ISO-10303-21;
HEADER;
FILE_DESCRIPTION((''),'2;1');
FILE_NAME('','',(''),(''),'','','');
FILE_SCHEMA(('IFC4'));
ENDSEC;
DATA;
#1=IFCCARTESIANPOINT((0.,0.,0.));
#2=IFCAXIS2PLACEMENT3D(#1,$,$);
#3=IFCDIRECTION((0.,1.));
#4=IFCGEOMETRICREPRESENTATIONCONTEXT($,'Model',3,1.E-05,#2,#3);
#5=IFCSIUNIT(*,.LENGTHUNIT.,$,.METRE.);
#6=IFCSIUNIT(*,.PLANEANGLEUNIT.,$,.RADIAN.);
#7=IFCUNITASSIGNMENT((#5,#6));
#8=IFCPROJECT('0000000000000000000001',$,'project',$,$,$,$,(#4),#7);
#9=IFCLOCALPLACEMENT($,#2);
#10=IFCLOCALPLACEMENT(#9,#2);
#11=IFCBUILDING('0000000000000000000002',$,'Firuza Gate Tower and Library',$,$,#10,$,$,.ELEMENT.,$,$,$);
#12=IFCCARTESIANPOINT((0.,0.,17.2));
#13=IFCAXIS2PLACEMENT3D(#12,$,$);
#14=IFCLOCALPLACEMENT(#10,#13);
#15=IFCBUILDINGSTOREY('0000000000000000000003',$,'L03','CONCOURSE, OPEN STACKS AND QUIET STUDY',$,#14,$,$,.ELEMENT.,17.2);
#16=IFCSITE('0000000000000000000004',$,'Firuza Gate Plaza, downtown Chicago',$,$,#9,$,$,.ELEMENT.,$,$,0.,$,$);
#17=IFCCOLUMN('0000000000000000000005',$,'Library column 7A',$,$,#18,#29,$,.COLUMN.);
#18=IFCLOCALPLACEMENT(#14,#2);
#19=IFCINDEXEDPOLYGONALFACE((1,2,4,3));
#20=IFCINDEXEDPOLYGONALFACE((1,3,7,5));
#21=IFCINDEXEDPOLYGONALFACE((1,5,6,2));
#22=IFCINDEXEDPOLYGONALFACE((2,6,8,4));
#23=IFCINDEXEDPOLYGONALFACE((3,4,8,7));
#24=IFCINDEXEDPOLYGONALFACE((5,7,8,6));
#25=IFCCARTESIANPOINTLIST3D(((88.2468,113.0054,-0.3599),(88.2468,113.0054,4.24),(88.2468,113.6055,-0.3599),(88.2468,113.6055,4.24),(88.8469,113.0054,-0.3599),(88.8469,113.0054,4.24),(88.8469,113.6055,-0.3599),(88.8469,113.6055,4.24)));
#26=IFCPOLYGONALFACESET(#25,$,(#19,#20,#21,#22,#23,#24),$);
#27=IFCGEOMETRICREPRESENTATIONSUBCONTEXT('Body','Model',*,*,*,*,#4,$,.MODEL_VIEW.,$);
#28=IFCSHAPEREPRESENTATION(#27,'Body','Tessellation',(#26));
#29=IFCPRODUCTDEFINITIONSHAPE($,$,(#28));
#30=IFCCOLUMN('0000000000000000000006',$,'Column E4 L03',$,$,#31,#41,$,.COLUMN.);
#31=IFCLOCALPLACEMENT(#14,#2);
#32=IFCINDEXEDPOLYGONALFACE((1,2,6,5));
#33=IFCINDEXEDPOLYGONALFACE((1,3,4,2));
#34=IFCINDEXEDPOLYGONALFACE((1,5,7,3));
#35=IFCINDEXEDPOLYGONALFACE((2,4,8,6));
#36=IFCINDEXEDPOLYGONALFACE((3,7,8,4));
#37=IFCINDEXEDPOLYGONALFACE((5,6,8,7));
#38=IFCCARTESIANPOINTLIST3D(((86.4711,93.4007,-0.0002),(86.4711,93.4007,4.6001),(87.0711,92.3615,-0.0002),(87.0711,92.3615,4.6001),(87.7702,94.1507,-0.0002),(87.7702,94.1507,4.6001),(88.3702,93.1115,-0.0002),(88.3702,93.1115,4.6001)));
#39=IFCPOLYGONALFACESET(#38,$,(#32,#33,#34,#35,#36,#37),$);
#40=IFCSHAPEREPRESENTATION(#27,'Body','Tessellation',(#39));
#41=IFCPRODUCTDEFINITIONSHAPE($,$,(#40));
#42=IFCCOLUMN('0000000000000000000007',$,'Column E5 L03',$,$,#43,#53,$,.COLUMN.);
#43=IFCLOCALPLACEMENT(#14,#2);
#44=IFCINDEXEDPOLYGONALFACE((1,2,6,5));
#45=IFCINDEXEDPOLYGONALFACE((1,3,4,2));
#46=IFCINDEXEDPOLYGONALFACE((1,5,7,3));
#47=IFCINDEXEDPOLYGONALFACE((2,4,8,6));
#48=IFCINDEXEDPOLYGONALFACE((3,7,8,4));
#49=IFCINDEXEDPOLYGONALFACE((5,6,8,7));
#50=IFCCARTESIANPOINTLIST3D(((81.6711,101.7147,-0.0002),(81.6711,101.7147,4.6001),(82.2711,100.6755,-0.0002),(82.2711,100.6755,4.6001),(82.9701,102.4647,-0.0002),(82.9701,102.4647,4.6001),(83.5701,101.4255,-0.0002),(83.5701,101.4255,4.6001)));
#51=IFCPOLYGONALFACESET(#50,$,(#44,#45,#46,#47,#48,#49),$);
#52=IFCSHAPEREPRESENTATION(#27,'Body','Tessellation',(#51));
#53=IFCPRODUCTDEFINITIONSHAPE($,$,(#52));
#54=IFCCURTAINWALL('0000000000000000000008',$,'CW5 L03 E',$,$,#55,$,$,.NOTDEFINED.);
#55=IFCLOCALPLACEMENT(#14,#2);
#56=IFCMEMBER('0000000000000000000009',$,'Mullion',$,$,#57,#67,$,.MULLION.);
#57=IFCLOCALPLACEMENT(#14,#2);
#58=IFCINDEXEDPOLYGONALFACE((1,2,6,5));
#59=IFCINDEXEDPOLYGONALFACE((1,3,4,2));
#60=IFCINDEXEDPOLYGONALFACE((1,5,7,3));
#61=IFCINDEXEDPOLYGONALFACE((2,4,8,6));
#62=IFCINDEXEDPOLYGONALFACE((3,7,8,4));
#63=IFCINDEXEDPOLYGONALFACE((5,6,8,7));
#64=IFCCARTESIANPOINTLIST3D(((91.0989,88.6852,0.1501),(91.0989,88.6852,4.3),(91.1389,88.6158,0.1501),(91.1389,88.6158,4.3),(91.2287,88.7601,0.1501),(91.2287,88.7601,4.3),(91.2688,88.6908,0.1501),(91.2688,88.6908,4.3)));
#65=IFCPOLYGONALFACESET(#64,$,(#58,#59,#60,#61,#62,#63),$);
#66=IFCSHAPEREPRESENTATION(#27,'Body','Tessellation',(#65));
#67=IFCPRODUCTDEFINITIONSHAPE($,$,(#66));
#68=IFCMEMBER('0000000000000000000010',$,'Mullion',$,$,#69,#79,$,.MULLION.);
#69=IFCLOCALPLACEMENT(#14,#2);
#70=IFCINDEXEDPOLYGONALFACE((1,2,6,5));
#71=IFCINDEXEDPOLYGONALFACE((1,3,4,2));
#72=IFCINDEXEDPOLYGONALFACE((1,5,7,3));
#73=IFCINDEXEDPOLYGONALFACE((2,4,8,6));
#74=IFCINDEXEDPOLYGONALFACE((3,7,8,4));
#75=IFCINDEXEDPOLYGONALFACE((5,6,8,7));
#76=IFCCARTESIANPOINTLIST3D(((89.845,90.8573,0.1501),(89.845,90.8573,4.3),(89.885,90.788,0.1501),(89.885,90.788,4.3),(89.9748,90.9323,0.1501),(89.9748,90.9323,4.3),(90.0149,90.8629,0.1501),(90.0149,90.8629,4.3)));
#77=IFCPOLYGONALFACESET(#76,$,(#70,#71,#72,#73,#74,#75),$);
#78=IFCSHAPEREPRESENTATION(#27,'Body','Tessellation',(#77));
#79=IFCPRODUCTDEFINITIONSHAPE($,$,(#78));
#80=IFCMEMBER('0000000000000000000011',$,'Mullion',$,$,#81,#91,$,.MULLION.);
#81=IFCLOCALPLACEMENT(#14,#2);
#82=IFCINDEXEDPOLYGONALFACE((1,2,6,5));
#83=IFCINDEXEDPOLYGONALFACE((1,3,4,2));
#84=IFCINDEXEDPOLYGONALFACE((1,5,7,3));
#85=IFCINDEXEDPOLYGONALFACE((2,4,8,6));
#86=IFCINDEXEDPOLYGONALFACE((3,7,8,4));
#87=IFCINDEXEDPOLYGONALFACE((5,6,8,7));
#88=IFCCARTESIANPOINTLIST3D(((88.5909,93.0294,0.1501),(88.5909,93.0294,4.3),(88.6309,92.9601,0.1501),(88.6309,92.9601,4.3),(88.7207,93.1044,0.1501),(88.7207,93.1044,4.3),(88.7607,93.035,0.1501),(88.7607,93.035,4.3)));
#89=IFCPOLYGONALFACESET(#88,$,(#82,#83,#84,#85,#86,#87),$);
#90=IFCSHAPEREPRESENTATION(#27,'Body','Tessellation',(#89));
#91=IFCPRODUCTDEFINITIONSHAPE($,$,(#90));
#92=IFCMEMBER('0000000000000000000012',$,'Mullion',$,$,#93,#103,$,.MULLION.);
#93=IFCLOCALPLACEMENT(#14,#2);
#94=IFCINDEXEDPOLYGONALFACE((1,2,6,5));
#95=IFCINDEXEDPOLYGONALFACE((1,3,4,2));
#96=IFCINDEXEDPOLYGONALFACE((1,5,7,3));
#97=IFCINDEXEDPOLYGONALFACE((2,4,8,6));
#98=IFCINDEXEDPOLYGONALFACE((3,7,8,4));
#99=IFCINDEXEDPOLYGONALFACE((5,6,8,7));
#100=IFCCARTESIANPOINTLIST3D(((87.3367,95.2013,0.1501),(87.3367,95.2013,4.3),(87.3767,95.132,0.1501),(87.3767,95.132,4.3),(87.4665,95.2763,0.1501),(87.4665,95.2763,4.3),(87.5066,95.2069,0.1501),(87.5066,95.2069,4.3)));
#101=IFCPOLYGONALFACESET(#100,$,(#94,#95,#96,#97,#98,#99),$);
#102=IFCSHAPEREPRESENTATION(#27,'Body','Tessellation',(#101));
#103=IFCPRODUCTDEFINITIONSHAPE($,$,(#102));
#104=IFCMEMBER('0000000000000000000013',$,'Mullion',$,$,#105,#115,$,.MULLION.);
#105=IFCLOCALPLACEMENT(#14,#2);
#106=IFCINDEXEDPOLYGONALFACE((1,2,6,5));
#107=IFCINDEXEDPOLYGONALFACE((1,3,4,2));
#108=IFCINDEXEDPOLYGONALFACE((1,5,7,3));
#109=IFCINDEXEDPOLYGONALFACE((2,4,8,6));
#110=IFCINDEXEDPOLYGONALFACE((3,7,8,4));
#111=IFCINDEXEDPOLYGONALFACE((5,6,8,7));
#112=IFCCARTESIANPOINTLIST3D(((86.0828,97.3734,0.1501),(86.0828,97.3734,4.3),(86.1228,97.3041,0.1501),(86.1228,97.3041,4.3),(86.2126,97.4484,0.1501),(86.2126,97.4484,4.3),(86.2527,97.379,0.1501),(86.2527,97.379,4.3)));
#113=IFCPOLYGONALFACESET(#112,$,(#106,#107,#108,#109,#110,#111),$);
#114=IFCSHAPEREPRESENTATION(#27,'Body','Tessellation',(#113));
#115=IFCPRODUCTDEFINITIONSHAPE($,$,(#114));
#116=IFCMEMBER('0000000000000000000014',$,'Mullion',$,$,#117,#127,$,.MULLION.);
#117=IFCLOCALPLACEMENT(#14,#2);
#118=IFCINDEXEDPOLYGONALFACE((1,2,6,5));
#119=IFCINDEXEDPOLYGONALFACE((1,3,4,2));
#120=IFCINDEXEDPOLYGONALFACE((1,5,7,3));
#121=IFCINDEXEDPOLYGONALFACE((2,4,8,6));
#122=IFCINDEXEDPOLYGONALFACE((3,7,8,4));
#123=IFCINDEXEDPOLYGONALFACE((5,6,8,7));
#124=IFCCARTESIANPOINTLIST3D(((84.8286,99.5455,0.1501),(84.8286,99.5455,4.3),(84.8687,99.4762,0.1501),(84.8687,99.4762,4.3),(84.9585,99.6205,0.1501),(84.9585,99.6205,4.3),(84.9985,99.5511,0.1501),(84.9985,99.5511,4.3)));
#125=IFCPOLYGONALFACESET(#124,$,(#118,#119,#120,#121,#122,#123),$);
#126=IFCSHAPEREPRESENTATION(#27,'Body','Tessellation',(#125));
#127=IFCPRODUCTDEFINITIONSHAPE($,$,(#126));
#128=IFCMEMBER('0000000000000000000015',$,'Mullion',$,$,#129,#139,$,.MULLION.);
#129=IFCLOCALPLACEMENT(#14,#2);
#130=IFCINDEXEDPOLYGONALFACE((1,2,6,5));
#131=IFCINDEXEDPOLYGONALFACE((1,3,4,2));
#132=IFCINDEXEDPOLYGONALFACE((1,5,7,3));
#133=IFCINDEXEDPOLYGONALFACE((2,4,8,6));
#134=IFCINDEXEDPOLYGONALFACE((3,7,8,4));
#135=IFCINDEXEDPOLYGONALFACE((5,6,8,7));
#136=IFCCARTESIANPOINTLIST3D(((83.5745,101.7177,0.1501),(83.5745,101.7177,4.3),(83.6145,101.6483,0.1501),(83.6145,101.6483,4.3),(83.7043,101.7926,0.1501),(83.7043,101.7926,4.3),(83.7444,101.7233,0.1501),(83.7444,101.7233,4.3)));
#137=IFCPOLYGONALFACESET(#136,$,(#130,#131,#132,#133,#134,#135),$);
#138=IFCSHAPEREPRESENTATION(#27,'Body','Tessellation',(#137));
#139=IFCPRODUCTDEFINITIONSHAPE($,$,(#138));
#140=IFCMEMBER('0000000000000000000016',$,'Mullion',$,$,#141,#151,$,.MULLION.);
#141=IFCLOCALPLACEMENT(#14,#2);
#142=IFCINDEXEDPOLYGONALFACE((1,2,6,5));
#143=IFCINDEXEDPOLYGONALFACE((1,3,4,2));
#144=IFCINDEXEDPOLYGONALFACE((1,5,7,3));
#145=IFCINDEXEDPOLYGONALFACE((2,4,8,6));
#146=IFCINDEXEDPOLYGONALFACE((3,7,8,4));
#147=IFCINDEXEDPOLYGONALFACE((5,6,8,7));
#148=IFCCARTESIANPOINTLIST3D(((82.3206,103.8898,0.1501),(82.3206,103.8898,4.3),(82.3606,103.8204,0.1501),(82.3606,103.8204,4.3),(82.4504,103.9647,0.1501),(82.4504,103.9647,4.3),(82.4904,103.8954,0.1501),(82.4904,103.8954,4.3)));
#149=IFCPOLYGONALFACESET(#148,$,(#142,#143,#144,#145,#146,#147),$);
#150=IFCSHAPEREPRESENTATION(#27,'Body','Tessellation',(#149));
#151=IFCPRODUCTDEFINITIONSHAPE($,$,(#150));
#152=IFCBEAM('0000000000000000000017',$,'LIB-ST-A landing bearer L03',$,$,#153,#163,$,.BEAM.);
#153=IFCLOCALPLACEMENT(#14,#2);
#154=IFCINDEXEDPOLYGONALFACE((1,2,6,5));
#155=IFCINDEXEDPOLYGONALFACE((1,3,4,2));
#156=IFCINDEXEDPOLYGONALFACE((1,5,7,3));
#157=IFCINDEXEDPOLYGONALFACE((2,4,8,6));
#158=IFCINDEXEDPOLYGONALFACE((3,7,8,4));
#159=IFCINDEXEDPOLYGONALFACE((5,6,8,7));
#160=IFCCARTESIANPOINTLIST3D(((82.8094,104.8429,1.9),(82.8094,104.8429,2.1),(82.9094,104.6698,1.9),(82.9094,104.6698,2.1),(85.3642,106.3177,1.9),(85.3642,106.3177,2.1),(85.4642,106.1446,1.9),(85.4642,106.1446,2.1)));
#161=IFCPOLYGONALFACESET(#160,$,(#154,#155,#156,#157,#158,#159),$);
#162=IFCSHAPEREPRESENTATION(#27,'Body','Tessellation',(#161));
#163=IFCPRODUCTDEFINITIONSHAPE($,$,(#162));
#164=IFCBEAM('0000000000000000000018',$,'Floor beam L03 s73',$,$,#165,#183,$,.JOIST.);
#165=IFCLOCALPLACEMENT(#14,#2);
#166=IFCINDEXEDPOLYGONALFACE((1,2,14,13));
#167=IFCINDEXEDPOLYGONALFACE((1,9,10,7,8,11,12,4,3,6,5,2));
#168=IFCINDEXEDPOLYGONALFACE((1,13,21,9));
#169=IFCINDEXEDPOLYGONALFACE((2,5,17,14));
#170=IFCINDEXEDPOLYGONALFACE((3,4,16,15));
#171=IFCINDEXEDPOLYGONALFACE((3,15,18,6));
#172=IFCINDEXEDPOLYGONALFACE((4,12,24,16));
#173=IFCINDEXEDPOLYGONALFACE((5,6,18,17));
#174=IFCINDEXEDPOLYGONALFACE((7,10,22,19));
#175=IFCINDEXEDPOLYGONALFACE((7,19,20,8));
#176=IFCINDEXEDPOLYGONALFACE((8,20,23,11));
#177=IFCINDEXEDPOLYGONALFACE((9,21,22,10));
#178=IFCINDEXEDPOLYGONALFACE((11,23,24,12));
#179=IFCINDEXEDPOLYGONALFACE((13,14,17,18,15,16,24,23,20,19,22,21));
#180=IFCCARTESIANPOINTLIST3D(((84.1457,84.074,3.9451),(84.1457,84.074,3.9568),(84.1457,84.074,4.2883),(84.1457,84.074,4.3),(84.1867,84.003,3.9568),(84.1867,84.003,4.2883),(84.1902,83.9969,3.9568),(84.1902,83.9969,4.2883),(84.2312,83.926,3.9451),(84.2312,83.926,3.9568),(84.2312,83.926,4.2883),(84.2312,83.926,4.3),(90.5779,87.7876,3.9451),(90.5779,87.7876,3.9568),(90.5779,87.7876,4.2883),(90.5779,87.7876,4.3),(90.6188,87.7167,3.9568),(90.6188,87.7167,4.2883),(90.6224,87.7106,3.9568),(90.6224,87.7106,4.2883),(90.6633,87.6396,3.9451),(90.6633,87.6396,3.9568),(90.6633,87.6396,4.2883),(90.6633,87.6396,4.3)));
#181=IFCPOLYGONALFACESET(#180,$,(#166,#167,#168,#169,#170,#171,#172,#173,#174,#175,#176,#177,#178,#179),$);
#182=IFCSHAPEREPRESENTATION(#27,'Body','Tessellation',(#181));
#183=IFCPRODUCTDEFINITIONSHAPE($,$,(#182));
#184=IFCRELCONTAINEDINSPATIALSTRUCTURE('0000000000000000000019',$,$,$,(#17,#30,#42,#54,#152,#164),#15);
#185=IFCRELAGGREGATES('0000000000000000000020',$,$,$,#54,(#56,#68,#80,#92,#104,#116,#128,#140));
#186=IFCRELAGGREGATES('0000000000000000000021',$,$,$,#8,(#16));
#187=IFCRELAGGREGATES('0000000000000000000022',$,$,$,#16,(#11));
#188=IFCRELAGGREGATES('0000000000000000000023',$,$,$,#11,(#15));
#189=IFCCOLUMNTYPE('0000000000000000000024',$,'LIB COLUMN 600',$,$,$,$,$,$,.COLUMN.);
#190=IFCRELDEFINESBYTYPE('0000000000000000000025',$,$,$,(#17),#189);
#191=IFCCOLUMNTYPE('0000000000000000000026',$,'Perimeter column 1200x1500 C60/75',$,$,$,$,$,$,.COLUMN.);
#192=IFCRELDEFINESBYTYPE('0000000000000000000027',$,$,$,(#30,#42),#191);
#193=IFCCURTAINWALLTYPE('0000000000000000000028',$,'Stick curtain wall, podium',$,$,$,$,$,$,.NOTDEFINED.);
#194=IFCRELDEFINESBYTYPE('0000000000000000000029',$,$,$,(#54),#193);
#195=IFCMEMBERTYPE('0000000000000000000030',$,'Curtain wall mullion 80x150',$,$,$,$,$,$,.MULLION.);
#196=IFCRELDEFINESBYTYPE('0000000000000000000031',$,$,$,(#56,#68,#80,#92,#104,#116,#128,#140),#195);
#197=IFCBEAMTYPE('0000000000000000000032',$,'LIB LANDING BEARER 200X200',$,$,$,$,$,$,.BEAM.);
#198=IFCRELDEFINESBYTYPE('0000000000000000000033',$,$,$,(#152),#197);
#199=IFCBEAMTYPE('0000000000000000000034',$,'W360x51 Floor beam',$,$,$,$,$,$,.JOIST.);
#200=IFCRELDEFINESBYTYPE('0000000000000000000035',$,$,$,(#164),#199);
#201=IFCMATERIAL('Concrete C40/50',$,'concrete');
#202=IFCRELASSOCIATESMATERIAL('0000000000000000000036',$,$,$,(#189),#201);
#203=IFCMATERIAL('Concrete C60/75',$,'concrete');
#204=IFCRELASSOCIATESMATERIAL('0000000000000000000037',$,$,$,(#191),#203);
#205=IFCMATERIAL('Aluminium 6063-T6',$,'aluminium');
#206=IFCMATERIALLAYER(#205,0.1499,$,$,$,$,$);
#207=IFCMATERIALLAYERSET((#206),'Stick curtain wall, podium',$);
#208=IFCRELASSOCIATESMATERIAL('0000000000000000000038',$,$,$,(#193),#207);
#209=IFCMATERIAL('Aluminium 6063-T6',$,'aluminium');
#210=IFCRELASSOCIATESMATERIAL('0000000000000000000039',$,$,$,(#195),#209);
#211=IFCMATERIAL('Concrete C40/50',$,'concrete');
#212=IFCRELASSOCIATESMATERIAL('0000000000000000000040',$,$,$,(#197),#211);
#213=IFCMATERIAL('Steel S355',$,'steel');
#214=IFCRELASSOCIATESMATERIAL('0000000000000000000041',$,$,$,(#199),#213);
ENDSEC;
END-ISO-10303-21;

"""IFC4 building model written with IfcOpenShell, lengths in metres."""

from ifc_helpers import new_model, si_unit, direction, frame, origin, origin_2d, place, context, subcontext, project, spatial, rectangle, i_section, extrude, material, layer, layer_set, material_profile, profile_set, type_object, element, aggregate, save


model = new_model("IFC4")

# Units and contexts
model_context = context("Model", 3, precision=1e-05, world=origin(), true_north=direction((0.0, 1.0)))
body_context = subcontext(model_context, "Body", "Model", "MODEL_VIEW")
ifc_project = project(units=[si_unit("LENGTHUNIT", "METRE"), si_unit("PLANEANGLEUNIT", "RADIAN")], contexts=[model_context])

# Site, building, storey
site_placement = place(None, origin())
site = spatial("IfcSite", under=ifc_project, at=site_placement, Name="Firuza Gate Plaza, downtown Chicago", CompositionType="ELEMENT", RefElevation=0.0)
building_placement = place(site_placement, origin())
building = spatial("IfcBuilding", under=site, at=building_placement, Name="Firuza Gate Tower and Library", CompositionType="ELEMENT")
storey_placement = place(building_placement, frame((0.0, 0.0, 17.2)))
storey = spatial("IfcBuildingStorey", under=building, at=storey_placement, Name="L03", Description="CONCOURSE, OPEN STACKS AND QUIET STUDY", CompositionType="ELEMENT", Elevation=17.2)

# Columns
ifc_material_1 = material(Name="Concrete C40/50", Category="concrete")
ifc_material_profile_1 = material_profile(ifc_material_1, rectangle(XDim=0.6001, YDim=0.6001, at=origin_2d()))
ifc_profile_set_1 = profile_set([ifc_material_profile_1], Name="Concrete C40/50")
column_type_1 = type_object("IfcColumnType", Name="LIB COLUMN 600", PredefinedType="COLUMN", material=ifc_profile_set_1)
column_placement = place(storey_placement, frame((88.5469, 113.3054, -0.3599), z_axis=(0.0, 0.0, 1.0), x_axis=(1.0, 0.0, 0.0)))
element("IfcColumn", 1, at=column_placement, inside=storey, type_object=column_type_1, Name="Library column 7A", PredefinedType="COLUMN", context=body_context, shape_type="SweptSolid", body=[
    extrude(rectangle(XDim=0.6001, YDim=0.6001, at=origin_2d()), origin(), (0.0, 0.0, 1.0), 4.5999),
])
ifc_material_2 = material(Name="Concrete C60/75", Category="concrete")
ifc_material_profile_2 = material_profile(ifc_material_2, rectangle(XDim=1.2, YDim=1.5, at=origin_2d()))
ifc_profile_set_2 = profile_set([ifc_material_profile_2], Name="Concrete C60/75")
column_type_2 = type_object("IfcColumnType", Name="Perimeter column 1200x1500 C60/75", PredefinedType="COLUMN", material=ifc_profile_set_2)
for number, where, z_axis, x_axis, name in (
    (2, (87.4207, 93.2561, -0.0002), (0.0, 0.0, 1.0), (-0.5, 0.866025, 0.0), "Column E4 L03"),
    (3, (82.6206, 101.5701, -0.0002), (0.0, 0.0, 1.0), (-0.5, 0.866025, 0.0), "Column E5 L03"),
):
    element("IfcColumn", number, at=place(storey_placement, frame(where, z_axis=z_axis, x_axis=x_axis)), inside=storey, type_object=column_type_2, Name=name, PredefinedType="COLUMN", context=body_context, shape_type="SweptSolid", body=[
        extrude(rectangle(XDim=1.2, YDim=1.5, at=origin_2d()), origin(), (0.0, 0.0, 1.0), 4.6003),
    ])

# Curtain wall, members
ifc_material_3 = material(Name="Aluminium 6063-T6", Category="aluminium")
ifc_layer_1 = layer(ifc_material_3, 0.1499)
ifc_layer_set_1 = layer_set([ifc_layer_1], Name="Stick curtain wall, podium")
curtain_wall_type = type_object("IfcCurtainWallType", Name="Stick curtain wall, podium", PredefinedType="NOTDEFINED", material=ifc_layer_set_1)
placement = place(storey_placement, origin())
curtain_wall = element("IfcCurtainWall", 4, at=placement, inside=storey, type_object=curtain_wall_type, Name="CW5 L03 E", PredefinedType="NOTDEFINED")
ifc_material_4 = material(Name="Aluminium 6063-T6", Category="aluminium")
ifc_material_profile_3 = material_profile(ifc_material_4, rectangle(XDim=0.1499, YDim=0.0801, at=origin_2d()))
ifc_profile_set_3 = profile_set([ifc_material_profile_3], Name="Aluminium 6063-T6")
member_type = type_object("IfcMemberType", Name="Curtain wall mullion 80x150", PredefinedType="MULLION", material=ifc_profile_set_3)
member_1_placement = place(storey_placement, frame((91.1838, 88.688, 0.1501), z_axis=(0.0, 0.0, 1.0), x_axis=(-0.866025, -0.5, 0.0)))
member_1 = element("IfcMember", 5, at=member_1_placement, type_object=member_type, Name="Mullion", PredefinedType="MULLION", context=body_context, shape_type="SweptSolid", body=[
    extrude(rectangle(XDim=0.1499, YDim=0.0801, at=origin_2d()), origin(), (0.0, 0.0, 1.0), 4.1499),
])
member_2_placement = place(storey_placement, frame((89.9299, 90.8601, 0.1501), z_axis=(0.0, 0.0, 1.0), x_axis=(-0.866025, -0.5, 0.0)))
member_2 = element("IfcMember", 6, at=member_2_placement, type_object=member_type, Name="Mullion", PredefinedType="MULLION", context=body_context, shape_type="SweptSolid", body=[
    extrude(rectangle(XDim=0.1499, YDim=0.0801, at=origin_2d()), origin(), (0.0, 0.0, 1.0), 4.1499),
])
member_3_placement = place(storey_placement, frame((88.6758, 93.0322, 0.1501), z_axis=(0.0, 0.0, 1.0), x_axis=(-0.866025, -0.5, 0.0)))
member_3 = element("IfcMember", 7, at=member_3_placement, type_object=member_type, Name="Mullion", PredefinedType="MULLION", context=body_context, shape_type="SweptSolid", body=[
    extrude(rectangle(XDim=0.1499, YDim=0.0801, at=origin_2d()), origin(), (0.0, 0.0, 1.0), 4.1499),
])
member_4_placement = place(storey_placement, frame((87.4216, 95.2041, 0.1501), z_axis=(0.0, 0.0, 1.0), x_axis=(-0.866025, -0.5, 0.0)))
member_4 = element("IfcMember", 8, at=member_4_placement, type_object=member_type, Name="Mullion", PredefinedType="MULLION", context=body_context, shape_type="SweptSolid", body=[
    extrude(rectangle(XDim=0.1499, YDim=0.0801, at=origin_2d()), origin(), (0.0, 0.0, 1.0), 4.1499),
])
member_5_placement = place(storey_placement, frame((86.1677, 97.3762, 0.1501), z_axis=(0.0, 0.0, 1.0), x_axis=(-0.866025, -0.5, 0.0)))
member_5 = element("IfcMember", 9, at=member_5_placement, type_object=member_type, Name="Mullion", PredefinedType="MULLION", context=body_context, shape_type="SweptSolid", body=[
    extrude(rectangle(XDim=0.1499, YDim=0.0801, at=origin_2d()), origin(), (0.0, 0.0, 1.0), 4.1499),
])
member_6_placement = place(storey_placement, frame((84.9136, 99.5483, 0.1501), z_axis=(0.0, 0.0, 1.0), x_axis=(-0.866025, -0.5, 0.0)))
member_6 = element("IfcMember", 10, at=member_6_placement, type_object=member_type, Name="Mullion", PredefinedType="MULLION", context=body_context, shape_type="SweptSolid", body=[
    extrude(rectangle(XDim=0.1499, YDim=0.0801, at=origin_2d()), origin(), (0.0, 0.0, 1.0), 4.1499),
])
member_7_placement = place(storey_placement, frame((83.6594, 101.7205, 0.1501), z_axis=(0.0, 0.0, 1.0), x_axis=(-0.866025, -0.5, 0.0)))
member_7 = element("IfcMember", 11, at=member_7_placement, type_object=member_type, Name="Mullion", PredefinedType="MULLION", context=body_context, shape_type="SweptSolid", body=[
    extrude(rectangle(XDim=0.1499, YDim=0.0801, at=origin_2d()), origin(), (0.0, 0.0, 1.0), 4.1499),
])
member_8_placement = place(storey_placement, frame((82.4055, 103.8926, 0.1501), z_axis=(0.0, 0.0, 1.0), x_axis=(-0.866025, -0.5, 0.0)))
member_8 = element("IfcMember", 12, at=member_8_placement, type_object=member_type, Name="Mullion", PredefinedType="MULLION", context=body_context, shape_type="SweptSolid", body=[
    extrude(rectangle(XDim=0.1499, YDim=0.0801, at=origin_2d()), origin(), (0.0, 0.0, 1.0), 4.1499),
])

# Beams
ifc_material_5 = material(Name="Concrete C40/50", Category="concrete")
ifc_material_profile_4 = material_profile(ifc_material_5, rectangle(XDim=0.2, YDim=0.2, at=origin_2d()))
ifc_profile_set_4 = profile_set([ifc_material_profile_4], Name="Concrete C40/50")
beam_type_1 = type_object("IfcBeamType", Name="LIB LANDING BEARER 200X200", PredefinedType="BEAM", material=ifc_profile_set_4)
beam_1_placement = place(storey_placement, frame((82.8594, 104.7563, 2.0), z_axis=(0.86606, 0.49994, 0.0), x_axis=(-0.49994, 0.86606, 0.0)))
element("IfcBeam", 13, at=beam_1_placement, inside=storey, type_object=beam_type_1, Name="LIB-ST-A landing bearer L03", PredefinedType="BEAM", context=body_context, shape_type="SweptSolid", body=[
    extrude(rectangle(XDim=0.2, YDim=0.2, at=origin_2d()), origin(), (0.0, 0.0, 1.0), 2.95),
])
ifc_material_6 = material(Name="Steel S355", Category="steel")
ifc_material_profile_5 = material_profile(ifc_material_6, i_section(OverallWidth=0.1709, OverallDepth=0.355, WebThickness=0.0071, FlangeThickness=0.0117, at=origin_2d()))
ifc_profile_set_5 = profile_set([ifc_material_profile_5], Name="Steel S355")
beam_type_2 = type_object("IfcBeamType", Name="W360x51 Floor beam", PredefinedType="JOIST", material=ifc_profile_set_5)
beam_2_placement = place(storey_placement, frame((90.6206, 87.7136, 4.1226), z_axis=(-0.866024, -0.500003, 0.0), x_axis=(0.500003, -0.866024, 0.0)))
element("IfcBeam", 14, at=beam_2_placement, inside=storey, type_object=beam_type_2, Name="Floor beam L03 s73", PredefinedType="JOIST", context=body_context, shape_type="SweptSolid", body=[
    extrude(i_section(OverallWidth=0.1709, OverallDepth=0.355, WebThickness=0.0071, FlangeThickness=0.0117, at=origin_2d()), origin(), (0.0, 0.0, 1.0), 7.4272),
])

aggregate(curtain_wall, [member_1, member_2, member_3, member_4, member_5, member_6, member_7, member_8])

save(model, "model.ifc")
